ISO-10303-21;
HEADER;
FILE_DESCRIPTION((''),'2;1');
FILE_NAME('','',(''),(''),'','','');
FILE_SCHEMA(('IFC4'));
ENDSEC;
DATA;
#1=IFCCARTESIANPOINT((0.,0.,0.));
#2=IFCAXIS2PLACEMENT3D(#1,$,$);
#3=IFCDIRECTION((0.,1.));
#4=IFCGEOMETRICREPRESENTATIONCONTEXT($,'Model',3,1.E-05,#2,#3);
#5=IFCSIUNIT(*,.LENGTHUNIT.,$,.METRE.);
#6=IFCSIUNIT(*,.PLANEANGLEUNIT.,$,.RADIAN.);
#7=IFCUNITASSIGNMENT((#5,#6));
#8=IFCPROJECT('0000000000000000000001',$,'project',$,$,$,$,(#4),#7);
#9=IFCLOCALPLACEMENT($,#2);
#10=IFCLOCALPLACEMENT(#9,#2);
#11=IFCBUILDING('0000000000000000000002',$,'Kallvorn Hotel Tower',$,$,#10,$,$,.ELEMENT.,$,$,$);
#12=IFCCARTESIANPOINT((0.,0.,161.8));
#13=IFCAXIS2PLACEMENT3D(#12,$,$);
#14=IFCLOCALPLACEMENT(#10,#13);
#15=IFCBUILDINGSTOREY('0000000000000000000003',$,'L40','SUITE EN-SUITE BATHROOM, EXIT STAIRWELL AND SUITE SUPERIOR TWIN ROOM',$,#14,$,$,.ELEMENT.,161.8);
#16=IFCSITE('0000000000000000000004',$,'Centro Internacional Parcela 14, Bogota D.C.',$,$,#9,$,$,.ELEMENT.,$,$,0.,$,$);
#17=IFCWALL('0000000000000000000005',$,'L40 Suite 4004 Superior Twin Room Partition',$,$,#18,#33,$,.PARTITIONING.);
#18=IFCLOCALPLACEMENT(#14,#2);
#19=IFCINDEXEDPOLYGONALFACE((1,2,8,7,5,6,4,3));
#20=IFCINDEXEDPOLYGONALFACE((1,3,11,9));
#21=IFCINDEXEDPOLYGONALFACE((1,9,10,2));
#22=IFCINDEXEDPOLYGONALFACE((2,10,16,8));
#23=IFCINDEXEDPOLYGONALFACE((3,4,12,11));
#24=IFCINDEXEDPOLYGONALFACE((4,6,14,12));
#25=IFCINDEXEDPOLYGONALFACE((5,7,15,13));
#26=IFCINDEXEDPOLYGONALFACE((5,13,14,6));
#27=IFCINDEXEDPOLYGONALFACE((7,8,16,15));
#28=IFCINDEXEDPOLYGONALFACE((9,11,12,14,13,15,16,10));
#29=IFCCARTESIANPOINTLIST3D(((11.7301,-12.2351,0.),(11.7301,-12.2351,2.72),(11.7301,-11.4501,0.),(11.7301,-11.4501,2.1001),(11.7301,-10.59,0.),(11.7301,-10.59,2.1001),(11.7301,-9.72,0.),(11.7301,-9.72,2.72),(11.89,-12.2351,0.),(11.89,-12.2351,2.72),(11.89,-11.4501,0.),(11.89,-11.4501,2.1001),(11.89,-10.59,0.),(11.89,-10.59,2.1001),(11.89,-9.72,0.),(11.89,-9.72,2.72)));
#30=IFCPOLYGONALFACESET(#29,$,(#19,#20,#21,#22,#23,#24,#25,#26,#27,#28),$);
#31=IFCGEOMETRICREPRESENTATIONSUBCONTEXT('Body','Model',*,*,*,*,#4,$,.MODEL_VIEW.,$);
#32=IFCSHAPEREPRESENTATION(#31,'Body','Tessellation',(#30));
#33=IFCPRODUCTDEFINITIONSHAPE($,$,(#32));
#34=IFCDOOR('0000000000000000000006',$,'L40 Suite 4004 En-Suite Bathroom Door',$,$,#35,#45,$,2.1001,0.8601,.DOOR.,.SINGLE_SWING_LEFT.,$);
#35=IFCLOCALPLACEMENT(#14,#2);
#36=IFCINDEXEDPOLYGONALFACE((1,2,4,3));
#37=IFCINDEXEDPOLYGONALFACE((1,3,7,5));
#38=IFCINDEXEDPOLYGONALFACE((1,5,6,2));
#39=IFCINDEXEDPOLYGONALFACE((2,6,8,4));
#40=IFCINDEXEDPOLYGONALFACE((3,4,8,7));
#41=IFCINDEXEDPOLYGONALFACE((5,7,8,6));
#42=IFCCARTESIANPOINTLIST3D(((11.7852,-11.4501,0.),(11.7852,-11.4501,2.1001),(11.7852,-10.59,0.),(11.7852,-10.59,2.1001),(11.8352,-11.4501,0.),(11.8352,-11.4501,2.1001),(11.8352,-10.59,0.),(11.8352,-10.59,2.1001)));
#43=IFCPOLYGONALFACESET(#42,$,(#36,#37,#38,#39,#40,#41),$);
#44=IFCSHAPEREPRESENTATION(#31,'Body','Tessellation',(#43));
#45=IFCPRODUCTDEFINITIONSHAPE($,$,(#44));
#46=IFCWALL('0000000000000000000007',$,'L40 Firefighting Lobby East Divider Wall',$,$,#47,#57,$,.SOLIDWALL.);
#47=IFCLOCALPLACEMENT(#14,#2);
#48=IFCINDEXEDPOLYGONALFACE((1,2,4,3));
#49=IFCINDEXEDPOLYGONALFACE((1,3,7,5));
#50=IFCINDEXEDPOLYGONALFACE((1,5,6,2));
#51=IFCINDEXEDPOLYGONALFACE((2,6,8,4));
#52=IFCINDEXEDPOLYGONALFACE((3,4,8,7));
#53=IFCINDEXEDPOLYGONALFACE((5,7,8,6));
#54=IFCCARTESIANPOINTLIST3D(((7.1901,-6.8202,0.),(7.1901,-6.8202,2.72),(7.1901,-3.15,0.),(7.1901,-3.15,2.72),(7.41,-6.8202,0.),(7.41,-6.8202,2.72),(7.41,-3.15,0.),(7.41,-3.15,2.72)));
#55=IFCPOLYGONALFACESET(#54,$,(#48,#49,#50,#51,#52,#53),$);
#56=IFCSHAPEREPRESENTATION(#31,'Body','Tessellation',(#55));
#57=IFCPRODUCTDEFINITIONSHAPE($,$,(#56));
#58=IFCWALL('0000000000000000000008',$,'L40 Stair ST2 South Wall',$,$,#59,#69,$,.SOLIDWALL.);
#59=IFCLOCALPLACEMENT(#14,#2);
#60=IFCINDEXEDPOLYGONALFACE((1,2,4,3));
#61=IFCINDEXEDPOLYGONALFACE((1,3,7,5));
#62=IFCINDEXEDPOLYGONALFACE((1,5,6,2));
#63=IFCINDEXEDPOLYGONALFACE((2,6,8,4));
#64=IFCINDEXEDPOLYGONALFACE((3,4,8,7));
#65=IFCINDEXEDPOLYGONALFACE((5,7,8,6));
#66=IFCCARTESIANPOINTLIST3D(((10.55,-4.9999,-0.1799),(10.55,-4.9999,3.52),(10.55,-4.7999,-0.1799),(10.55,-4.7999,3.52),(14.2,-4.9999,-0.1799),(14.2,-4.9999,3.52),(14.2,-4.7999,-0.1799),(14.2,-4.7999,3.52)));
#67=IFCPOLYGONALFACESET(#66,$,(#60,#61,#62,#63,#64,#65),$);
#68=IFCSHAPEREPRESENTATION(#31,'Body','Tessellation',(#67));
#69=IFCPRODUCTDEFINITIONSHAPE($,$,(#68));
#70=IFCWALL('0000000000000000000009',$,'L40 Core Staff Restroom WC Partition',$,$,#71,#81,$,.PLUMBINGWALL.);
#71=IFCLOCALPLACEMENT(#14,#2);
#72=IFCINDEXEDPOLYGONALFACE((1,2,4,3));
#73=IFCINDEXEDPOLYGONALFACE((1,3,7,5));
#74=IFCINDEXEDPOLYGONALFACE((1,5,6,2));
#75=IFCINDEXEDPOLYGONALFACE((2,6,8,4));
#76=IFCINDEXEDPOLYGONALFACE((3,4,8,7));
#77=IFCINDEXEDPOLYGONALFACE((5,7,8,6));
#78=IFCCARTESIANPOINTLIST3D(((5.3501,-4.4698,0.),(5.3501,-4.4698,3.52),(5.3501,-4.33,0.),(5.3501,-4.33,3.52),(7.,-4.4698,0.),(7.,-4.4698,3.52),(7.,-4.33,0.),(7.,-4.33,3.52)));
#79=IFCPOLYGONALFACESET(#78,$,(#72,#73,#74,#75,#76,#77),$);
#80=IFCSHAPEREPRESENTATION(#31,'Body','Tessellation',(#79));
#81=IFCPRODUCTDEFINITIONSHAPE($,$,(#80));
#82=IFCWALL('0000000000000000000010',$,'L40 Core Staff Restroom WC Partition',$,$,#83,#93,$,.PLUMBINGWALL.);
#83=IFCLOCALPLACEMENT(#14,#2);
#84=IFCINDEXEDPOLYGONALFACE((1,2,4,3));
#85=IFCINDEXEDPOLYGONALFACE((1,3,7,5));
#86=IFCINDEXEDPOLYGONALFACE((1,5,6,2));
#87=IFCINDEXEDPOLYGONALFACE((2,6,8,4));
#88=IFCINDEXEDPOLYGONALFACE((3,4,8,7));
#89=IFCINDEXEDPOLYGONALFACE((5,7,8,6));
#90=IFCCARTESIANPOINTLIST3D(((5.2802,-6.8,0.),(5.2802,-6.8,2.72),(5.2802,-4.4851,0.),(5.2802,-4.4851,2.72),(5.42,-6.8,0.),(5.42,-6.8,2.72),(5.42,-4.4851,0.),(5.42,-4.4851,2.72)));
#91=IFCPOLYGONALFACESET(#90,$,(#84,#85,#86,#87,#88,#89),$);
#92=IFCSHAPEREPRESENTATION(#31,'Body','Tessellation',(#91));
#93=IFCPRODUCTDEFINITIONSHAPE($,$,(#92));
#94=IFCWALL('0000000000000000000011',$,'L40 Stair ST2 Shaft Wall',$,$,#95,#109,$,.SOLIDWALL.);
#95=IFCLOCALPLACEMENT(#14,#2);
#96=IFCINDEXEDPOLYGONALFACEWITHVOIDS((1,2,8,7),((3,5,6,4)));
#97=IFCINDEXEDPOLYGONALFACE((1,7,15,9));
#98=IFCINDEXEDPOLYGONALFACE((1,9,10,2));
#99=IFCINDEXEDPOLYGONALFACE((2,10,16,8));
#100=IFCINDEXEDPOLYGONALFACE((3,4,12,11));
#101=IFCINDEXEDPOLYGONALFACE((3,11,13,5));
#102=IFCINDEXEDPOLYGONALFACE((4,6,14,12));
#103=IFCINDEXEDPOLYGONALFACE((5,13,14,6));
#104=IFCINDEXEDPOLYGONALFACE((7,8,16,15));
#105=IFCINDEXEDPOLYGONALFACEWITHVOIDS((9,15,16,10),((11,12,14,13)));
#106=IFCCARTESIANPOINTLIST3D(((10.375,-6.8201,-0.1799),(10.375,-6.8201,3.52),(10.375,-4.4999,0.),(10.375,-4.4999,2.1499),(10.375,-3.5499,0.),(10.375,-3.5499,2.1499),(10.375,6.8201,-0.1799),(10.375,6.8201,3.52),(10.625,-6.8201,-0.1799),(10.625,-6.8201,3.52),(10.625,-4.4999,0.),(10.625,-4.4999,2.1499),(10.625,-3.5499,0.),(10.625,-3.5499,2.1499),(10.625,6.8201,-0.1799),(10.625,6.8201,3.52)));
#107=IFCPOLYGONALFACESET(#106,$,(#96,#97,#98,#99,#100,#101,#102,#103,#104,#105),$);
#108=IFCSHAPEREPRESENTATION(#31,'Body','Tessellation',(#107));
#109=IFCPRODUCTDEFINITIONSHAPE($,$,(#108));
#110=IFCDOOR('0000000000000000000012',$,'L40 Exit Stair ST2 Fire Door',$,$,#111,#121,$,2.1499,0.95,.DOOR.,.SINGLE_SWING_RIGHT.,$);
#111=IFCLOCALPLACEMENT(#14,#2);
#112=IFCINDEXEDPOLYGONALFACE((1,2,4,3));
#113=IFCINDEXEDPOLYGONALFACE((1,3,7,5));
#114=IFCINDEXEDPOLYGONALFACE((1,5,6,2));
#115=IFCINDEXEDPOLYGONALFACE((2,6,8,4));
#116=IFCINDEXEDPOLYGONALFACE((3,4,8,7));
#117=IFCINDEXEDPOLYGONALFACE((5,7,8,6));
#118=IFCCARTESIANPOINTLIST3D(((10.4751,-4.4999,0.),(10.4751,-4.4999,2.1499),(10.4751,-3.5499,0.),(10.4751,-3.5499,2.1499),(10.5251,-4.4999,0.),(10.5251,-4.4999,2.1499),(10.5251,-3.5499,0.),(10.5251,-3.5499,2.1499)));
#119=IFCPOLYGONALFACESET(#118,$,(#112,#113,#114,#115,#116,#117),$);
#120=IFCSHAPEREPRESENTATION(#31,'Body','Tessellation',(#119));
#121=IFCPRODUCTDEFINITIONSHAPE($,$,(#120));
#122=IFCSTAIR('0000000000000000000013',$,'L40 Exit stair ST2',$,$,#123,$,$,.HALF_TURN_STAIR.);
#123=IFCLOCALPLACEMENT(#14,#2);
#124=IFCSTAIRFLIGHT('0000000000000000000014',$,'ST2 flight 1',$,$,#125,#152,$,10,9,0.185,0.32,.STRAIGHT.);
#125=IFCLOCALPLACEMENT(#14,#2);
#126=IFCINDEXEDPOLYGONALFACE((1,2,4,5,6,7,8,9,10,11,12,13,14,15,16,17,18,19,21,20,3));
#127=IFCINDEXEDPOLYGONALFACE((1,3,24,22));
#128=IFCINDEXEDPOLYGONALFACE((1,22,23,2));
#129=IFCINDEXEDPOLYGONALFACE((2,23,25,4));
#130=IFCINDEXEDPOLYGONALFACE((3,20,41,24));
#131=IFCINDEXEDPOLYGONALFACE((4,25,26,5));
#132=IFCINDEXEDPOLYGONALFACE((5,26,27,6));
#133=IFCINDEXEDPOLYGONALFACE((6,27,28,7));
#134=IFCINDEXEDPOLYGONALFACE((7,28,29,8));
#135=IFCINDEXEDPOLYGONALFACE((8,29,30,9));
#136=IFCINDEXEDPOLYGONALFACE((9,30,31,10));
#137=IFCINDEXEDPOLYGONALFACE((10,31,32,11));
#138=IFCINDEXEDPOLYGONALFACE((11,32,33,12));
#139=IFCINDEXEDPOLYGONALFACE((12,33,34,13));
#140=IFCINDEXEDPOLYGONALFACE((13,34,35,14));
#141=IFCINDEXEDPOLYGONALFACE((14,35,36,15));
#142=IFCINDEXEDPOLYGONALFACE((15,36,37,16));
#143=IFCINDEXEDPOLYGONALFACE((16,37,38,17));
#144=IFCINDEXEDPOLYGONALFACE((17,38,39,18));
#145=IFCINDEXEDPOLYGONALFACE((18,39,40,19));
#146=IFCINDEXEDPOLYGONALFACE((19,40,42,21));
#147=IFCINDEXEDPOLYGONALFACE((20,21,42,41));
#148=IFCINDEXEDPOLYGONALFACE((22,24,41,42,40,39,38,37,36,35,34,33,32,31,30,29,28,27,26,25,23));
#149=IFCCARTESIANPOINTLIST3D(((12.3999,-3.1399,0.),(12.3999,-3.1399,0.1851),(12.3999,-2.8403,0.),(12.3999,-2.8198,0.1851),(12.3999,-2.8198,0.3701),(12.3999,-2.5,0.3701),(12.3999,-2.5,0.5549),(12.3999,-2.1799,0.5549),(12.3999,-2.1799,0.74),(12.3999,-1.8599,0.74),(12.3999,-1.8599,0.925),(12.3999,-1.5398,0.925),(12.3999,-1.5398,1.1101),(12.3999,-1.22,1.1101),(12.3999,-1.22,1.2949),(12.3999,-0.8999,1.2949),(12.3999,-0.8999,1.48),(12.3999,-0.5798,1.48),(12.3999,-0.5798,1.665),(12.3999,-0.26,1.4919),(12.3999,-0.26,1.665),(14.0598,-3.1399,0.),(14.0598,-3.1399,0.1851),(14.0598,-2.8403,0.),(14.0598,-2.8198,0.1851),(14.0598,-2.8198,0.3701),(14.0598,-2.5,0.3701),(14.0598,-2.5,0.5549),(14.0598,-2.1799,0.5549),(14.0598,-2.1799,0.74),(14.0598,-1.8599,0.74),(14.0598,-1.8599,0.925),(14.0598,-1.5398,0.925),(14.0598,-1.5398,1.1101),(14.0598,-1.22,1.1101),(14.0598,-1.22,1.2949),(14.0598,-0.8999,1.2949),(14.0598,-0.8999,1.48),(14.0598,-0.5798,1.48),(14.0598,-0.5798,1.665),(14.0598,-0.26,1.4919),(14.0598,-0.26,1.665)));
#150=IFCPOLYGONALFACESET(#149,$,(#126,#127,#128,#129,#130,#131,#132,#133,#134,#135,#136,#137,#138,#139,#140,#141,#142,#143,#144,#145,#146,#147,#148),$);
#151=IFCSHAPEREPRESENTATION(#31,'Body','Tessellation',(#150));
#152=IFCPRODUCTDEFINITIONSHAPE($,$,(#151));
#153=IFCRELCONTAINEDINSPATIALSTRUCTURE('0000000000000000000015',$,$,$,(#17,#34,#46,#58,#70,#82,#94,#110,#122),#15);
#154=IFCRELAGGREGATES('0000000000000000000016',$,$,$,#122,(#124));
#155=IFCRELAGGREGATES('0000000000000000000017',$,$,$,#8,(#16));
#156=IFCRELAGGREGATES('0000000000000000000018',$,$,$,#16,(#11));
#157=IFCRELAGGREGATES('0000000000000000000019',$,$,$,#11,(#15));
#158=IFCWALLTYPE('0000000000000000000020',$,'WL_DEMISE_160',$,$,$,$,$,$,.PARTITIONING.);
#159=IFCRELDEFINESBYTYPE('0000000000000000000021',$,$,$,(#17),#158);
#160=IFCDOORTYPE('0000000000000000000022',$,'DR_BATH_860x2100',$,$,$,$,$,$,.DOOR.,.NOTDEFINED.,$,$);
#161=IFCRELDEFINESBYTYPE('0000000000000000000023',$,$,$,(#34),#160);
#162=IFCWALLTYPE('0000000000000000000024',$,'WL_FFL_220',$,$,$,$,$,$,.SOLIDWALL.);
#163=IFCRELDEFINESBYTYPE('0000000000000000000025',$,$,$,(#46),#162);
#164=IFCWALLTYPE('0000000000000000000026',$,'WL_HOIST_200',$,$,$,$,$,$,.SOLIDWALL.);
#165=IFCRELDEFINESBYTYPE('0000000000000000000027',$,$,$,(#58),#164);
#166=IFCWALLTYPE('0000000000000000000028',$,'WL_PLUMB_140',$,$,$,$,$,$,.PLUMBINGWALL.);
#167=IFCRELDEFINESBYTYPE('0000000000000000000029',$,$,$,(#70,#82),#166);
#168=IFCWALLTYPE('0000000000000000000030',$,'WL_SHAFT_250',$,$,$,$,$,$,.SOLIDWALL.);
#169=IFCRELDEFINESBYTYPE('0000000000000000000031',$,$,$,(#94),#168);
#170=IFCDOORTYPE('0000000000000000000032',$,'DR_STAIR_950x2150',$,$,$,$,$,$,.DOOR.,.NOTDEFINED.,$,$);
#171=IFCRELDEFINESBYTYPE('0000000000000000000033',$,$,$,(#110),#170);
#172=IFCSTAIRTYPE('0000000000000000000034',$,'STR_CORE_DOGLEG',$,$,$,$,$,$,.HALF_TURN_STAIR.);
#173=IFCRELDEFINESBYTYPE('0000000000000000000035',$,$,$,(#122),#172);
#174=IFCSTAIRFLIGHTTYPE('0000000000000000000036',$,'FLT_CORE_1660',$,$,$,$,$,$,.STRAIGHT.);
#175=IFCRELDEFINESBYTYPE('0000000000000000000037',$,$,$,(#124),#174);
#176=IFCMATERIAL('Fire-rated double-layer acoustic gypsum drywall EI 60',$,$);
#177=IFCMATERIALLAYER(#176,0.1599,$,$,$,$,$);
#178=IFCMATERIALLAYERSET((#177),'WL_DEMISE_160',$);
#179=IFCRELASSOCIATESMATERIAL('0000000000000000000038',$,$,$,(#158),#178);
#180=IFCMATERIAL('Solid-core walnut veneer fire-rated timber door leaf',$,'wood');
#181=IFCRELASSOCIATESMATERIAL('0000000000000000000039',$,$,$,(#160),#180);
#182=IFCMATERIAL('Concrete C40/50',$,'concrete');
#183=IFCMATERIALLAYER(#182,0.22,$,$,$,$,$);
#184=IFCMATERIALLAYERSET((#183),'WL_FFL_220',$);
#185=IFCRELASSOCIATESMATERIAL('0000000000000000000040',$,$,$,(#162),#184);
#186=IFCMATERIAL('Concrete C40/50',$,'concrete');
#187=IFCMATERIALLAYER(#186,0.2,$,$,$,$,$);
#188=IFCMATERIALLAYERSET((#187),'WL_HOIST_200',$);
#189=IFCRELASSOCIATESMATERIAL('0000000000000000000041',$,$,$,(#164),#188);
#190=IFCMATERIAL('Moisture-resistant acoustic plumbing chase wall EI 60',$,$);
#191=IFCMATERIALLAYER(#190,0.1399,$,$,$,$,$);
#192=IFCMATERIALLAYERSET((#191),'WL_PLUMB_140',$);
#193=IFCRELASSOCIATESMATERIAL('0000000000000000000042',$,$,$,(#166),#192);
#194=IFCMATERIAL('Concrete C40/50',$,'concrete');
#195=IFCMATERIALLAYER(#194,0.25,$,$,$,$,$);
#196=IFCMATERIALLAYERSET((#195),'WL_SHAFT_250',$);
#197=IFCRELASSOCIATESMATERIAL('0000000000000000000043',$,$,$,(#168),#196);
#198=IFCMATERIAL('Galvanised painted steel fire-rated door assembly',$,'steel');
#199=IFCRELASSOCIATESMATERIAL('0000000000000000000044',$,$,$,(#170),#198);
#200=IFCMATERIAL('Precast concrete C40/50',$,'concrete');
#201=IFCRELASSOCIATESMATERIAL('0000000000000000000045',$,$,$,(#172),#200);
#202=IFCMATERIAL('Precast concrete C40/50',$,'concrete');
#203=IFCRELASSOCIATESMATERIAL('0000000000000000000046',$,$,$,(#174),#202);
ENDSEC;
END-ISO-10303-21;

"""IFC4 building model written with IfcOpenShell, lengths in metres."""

from ifc_helpers import new_model, si_unit, direction, frame, frame_2d, origin, place, context, subcontext, project, spatial, polyline, rectangle, outline, extrude, material, layer, layer_set, type_object, element, fill, aggregate, save


model = new_model("IFC4")

# Units and contexts
model_context = context("Model", 3, precision=1e-05, world=origin(), true_north=direction((0.0, 1.0)))
body_context = subcontext(model_context, "Body", "Model", "MODEL_VIEW")
ifc_project = project(units=[si_unit("LENGTHUNIT", "METRE"), si_unit("PLANEANGLEUNIT", "RADIAN")], contexts=[model_context])

# Site, building, storey
site_placement = place(None, origin())
site = spatial("IfcSite", under=ifc_project, at=site_placement, Name="Centro Internacional Parcela 14, Bogota D.C.", CompositionType="ELEMENT", RefElevation=0.0)
building_placement = place(site_placement, origin())
building = spatial("IfcBuilding", under=site, at=building_placement, Name="Kallvorn Hotel Tower", CompositionType="ELEMENT")
storey_placement = place(building_placement, frame((0.0, 0.0, 161.8)))
storey = spatial("IfcBuildingStorey", under=building, at=storey_placement, Name="L40", Description="SUITE EN-SUITE BATHROOM, EXIT STAIRWELL AND SUITE SUPERIOR TWIN ROOM", CompositionType="ELEMENT", Elevation=161.8)

# Shared definitions
ifc_material_1 = material(Name="Fire-rated double-layer acoustic gypsum drywall EI 60")
ifc_layer_1 = layer(ifc_material_1, 0.1599)
ifc_layer_set_1 = layer_set([ifc_layer_1], Name="WL_DEMISE_160")
wall_type_1 = type_object("IfcWallType", Name="WL_DEMISE_160", PredefinedType="PARTITIONING", material=ifc_layer_set_1)

# Wall, opening, door
wall_1_placement = place(storey_placement, frame((11.8101, -12.2351, 0.0), z_axis=(0.0, 0.0, 1.0), x_axis=(0.0, 1.0, 0.0)))
wall_1 = element("IfcWall", 1, at=wall_1_placement, inside=storey, type_object=wall_type_1, Name="L40 Suite 4004 Superior Twin Room Partition", PredefinedType="PARTITIONING", context=body_context, shape_type="SweptSolid", body=[
    extrude(rectangle(XDim=2.5151, YDim=0.1599, at=frame_2d((1.2576, 0.0))), origin(), (0.0, 0.0, 1.0), 2.72),
])
opening_1_placement = place(wall_1_placement, frame((0.7849, 0.0, 0.0)))
opening_1 = element("IfcOpeningElement", 2, at=opening_1_placement, cuts=wall_1, PredefinedType="OPENING", context=body_context, shape_type="SweptSolid", body=[
    extrude(rectangle(XDim=0.8601, YDim=2.1001, at=frame_2d((0.4302, 1.05))), frame((0.0, 0.095, 0.0), z_axis=(0.0, -1.0, 0.0), x_axis=(1.0, 0.0, 0.0)), (0.0, 0.0, 1.0), 0.1899),
])
ifc_material_2 = material(Name="Solid-core walnut veneer fire-rated timber door leaf", Category="wood")
door_type_1 = type_object("IfcDoorType", Name="DR_BATH_860x2100", OperationType="NOTDEFINED", PredefinedType="DOOR", material=ifc_material_2)
door_1_placement = place(opening_1_placement, origin())
door_1 = element("IfcDoor", 3, at=door_1_placement, inside=storey, type_object=door_type_1, Name="L40 Suite 4004 En-Suite Bathroom Door", OperationType="SINGLE_SWING_LEFT", OverallHeight=2.1001, OverallWidth=0.8601, PredefinedType="DOOR", context=body_context, shape_type="SweptSolid", body=[
    extrude(rectangle(XDim=0.8601, YDim=2.1001, at=frame_2d((0.4302, 1.05))), frame((0.0, 0.0249, 0.0), z_axis=(0.0, -1.0, 0.0), x_axis=(1.0, 0.0, 0.0)), (0.0, 0.0, 1.0), 0.05),
])
fill(opening_1, door_1)

# Walls
ifc_material_3 = material(Name="Concrete C40/50", Category="concrete")
ifc_layer_2 = layer(ifc_material_3, 0.22)
ifc_layer_set_2 = layer_set([ifc_layer_2], Name="WL_FFL_220")
wall_type_2 = type_object("IfcWallType", Name="WL_FFL_220", PredefinedType="SOLIDWALL", material=ifc_layer_set_2)
wall_2_placement = place(storey_placement, frame((7.3, -6.8201, 0.0), z_axis=(0.0, 0.0, 1.0), x_axis=(0.0, 1.0, 0.0)))
element("IfcWall", 4, at=wall_2_placement, inside=storey, type_object=wall_type_2, Name="L40 Firefighting Lobby East Divider Wall", PredefinedType="SOLIDWALL", context=body_context, shape_type="SweptSolid", body=[
    extrude(rectangle(XDim=3.6702, YDim=0.22, at=frame_2d((1.835, 0.0))), origin(), (0.0, 0.0, 1.0), 2.72),
])
ifc_material_4 = material(Name="Concrete C40/50", Category="concrete")
ifc_layer_3 = layer(ifc_material_4, 0.2)
ifc_layer_set_3 = layer_set([ifc_layer_3], Name="WL_HOIST_200")
wall_type_3 = type_object("IfcWallType", Name="WL_HOIST_200", PredefinedType="SOLIDWALL", material=ifc_layer_set_3)
wall_3_placement = place(storey_placement, frame((10.55, -4.8999, -0.1799), z_axis=(0.0, 0.0, 1.0), x_axis=(1.0, 0.0, 0.0)))
element("IfcWall", 5, at=wall_3_placement, inside=storey, type_object=wall_type_3, Name="L40 Stair ST2 South Wall", PredefinedType="SOLIDWALL", context=body_context, shape_type="SweptSolid", body=[
    extrude(rectangle(XDim=3.6499, YDim=0.2, at=frame_2d((1.825, 0.0))), origin(), (0.0, 0.0, 1.0), 3.7),
])
ifc_material_5 = material(Name="Moisture-resistant acoustic plumbing chase wall EI 60")
ifc_layer_4 = layer(ifc_material_5, 0.1399)
ifc_layer_set_4 = layer_set([ifc_layer_4], Name="WL_PLUMB_140")
wall_type_4 = type_object("IfcWallType", Name="WL_PLUMB_140", PredefinedType="PLUMBINGWALL", material=ifc_layer_set_4)
wall_4_placement = place(storey_placement, frame((5.3501, -4.3999, 0.0), z_axis=(0.0, 0.0, 1.0), x_axis=(1.0, 0.0, 0.0)))
element("IfcWall", 6, at=wall_4_placement, inside=storey, type_object=wall_type_4, Name="L40 Core Staff Restroom WC Partition", PredefinedType="PLUMBINGWALL", context=body_context, shape_type="SweptSolid", body=[
    extrude(rectangle(XDim=1.6499, YDim=0.1399, at=frame_2d((0.825, 0.0))), origin(), (0.0, 0.0, 1.0), 3.52),
])
wall_5_placement = place(storey_placement, frame((5.3501, -6.8, 0.0), z_axis=(0.0, 0.0, 1.0), x_axis=(0.0, 1.0, 0.0)))
element("IfcWall", 7, at=wall_5_placement, inside=storey, type_object=wall_type_4, Name="L40 Core Staff Restroom WC Partition", PredefinedType="PLUMBINGWALL", context=body_context, shape_type="SweptSolid", body=[
    extrude(rectangle(XDim=2.3149, YDim=0.1399, at=frame_2d((1.1575, 0.0))), origin(), (0.0, 0.0, 1.0), 2.72),
])

# Wall, opening, door
ifc_material_6 = material(Name="Concrete C40/50", Category="concrete")
ifc_layer_5 = layer(ifc_material_6, 0.25)
ifc_layer_set_5 = layer_set([ifc_layer_5], Name="WL_SHAFT_250")
wall_type_5 = type_object("IfcWallType", Name="WL_SHAFT_250", PredefinedType="SOLIDWALL", material=ifc_layer_set_5)
wall_6_placement = place(storey_placement, frame((10.5, -6.8201, -0.1799), z_axis=(0.0, 0.0, 1.0), x_axis=(0.0, 1.0, 0.0)))
wall_6 = element("IfcWall", 8, at=wall_6_placement, inside=storey, type_object=wall_type_5, Name="L40 Stair ST2 Shaft Wall", PredefinedType="SOLIDWALL", context=body_context, shape_type="SweptSolid", body=[
    extrude(rectangle(XDim=13.6401, YDim=0.25, at=frame_2d((6.8201, 0.0))), origin(), (0.0, 0.0, 1.0), 3.7),
])
opening_2_placement = place(wall_6_placement, frame((2.3201, 0.0, 0.1799)))
opening_2 = element("IfcOpeningElement", 9, at=opening_2_placement, cuts=wall_6, PredefinedType="OPENING", context=body_context, shape_type="SweptSolid", body=[
    extrude(rectangle(XDim=0.95, YDim=2.1499, at=frame_2d((0.4751, 1.075))), frame((0.0, 0.1399, 0.0), z_axis=(0.0, -1.0, 0.0), x_axis=(1.0, 0.0, 0.0)), (0.0, 0.0, 1.0), 0.28),
])
ifc_material_7 = material(Name="Galvanised painted steel fire-rated door assembly", Category="steel")
door_type_2 = type_object("IfcDoorType", Name="DR_STAIR_950x2150", OperationType="NOTDEFINED", PredefinedType="DOOR", material=ifc_material_7)
door_2_placement = place(opening_2_placement, origin())
door_2 = element("IfcDoor", 10, at=door_2_placement, inside=storey, type_object=door_type_2, Name="L40 Exit Stair ST2 Fire Door", OperationType="SINGLE_SWING_RIGHT", OverallHeight=2.1499, OverallWidth=0.95, PredefinedType="DOOR", context=body_context, shape_type="SweptSolid", body=[
    extrude(rectangle(XDim=0.95, YDim=2.1499, at=frame_2d((0.4751, 1.075))), frame((0.0, 0.0249, 0.0), z_axis=(0.0, -1.0, 0.0), x_axis=(1.0, 0.0, 0.0)), (0.0, 0.0, 1.0), 0.05),
])
fill(opening_2, door_2)

# Stair, stair flight
ifc_material_8 = material(Name="Precast concrete C40/50", Category="concrete")
stair_type = type_object("IfcStairType", Name="STR_CORE_DOGLEG", PredefinedType="HALF_TURN_STAIR", material=ifc_material_8)
stair_placement = place(storey_placement, origin())
stair = element("IfcStair", 11, at=stair_placement, inside=storey, type_object=stair_type, Name="L40 Exit stair ST2", PredefinedType="HALF_TURN_STAIR")
ifc_material_9 = material(Name="Precast concrete C40/50", Category="concrete")
stair_flight_type = type_object("IfcStairFlightType", Name="FLT_CORE_1660", PredefinedType="STRAIGHT", material=ifc_material_9)
stair_flight_placement = place(storey_placement, frame((13.23, -3.1399, 0.0), z_axis=(0.0, 0.0, 1.0), x_axis=(0.0, 1.0, 0.0)))
stair_flight = element("IfcStairFlight", 12, at=stair_flight_placement, type_object=stair_flight_type, Name="ST2 flight 1", NumberOfRisers=10, NumberOfTreads=9, PredefinedType="STRAIGHT", RiserHeight=0.185, TreadLength=0.32, context=body_context, shape_type="SweptSolid", body=[
    extrude(outline(polyline([(0.0, 0.0), (0.0, 0.1851), (0.3201, 0.1851), (0.3201, 0.3701), (0.6399, 0.3701), (0.6399, 0.5549), (0.96, 0.5549), (0.96, 0.74), (1.28, 0.74), (1.28, 0.925), (1.6001, 0.925), (1.6001, 1.1101), (1.9199, 1.1101), (1.9199, 1.2949), (2.24, 1.2949), (2.24, 1.48), (2.5601, 1.48), (2.5601, 1.665), (2.8799, 1.665), (2.8799, 1.8501), (2.8799, 1.4919), (0.2996, 0.0), (0.0, 0.0)])), frame((0.0, 0.8301, 0.0), z_axis=(0.0, -1.0, 0.0), x_axis=(1.0, 0.0, 0.0)), (0.0, 0.0, 1.0), 1.6599),
])
aggregate(stair, [stair_flight])

save(model, "model.ifc")
